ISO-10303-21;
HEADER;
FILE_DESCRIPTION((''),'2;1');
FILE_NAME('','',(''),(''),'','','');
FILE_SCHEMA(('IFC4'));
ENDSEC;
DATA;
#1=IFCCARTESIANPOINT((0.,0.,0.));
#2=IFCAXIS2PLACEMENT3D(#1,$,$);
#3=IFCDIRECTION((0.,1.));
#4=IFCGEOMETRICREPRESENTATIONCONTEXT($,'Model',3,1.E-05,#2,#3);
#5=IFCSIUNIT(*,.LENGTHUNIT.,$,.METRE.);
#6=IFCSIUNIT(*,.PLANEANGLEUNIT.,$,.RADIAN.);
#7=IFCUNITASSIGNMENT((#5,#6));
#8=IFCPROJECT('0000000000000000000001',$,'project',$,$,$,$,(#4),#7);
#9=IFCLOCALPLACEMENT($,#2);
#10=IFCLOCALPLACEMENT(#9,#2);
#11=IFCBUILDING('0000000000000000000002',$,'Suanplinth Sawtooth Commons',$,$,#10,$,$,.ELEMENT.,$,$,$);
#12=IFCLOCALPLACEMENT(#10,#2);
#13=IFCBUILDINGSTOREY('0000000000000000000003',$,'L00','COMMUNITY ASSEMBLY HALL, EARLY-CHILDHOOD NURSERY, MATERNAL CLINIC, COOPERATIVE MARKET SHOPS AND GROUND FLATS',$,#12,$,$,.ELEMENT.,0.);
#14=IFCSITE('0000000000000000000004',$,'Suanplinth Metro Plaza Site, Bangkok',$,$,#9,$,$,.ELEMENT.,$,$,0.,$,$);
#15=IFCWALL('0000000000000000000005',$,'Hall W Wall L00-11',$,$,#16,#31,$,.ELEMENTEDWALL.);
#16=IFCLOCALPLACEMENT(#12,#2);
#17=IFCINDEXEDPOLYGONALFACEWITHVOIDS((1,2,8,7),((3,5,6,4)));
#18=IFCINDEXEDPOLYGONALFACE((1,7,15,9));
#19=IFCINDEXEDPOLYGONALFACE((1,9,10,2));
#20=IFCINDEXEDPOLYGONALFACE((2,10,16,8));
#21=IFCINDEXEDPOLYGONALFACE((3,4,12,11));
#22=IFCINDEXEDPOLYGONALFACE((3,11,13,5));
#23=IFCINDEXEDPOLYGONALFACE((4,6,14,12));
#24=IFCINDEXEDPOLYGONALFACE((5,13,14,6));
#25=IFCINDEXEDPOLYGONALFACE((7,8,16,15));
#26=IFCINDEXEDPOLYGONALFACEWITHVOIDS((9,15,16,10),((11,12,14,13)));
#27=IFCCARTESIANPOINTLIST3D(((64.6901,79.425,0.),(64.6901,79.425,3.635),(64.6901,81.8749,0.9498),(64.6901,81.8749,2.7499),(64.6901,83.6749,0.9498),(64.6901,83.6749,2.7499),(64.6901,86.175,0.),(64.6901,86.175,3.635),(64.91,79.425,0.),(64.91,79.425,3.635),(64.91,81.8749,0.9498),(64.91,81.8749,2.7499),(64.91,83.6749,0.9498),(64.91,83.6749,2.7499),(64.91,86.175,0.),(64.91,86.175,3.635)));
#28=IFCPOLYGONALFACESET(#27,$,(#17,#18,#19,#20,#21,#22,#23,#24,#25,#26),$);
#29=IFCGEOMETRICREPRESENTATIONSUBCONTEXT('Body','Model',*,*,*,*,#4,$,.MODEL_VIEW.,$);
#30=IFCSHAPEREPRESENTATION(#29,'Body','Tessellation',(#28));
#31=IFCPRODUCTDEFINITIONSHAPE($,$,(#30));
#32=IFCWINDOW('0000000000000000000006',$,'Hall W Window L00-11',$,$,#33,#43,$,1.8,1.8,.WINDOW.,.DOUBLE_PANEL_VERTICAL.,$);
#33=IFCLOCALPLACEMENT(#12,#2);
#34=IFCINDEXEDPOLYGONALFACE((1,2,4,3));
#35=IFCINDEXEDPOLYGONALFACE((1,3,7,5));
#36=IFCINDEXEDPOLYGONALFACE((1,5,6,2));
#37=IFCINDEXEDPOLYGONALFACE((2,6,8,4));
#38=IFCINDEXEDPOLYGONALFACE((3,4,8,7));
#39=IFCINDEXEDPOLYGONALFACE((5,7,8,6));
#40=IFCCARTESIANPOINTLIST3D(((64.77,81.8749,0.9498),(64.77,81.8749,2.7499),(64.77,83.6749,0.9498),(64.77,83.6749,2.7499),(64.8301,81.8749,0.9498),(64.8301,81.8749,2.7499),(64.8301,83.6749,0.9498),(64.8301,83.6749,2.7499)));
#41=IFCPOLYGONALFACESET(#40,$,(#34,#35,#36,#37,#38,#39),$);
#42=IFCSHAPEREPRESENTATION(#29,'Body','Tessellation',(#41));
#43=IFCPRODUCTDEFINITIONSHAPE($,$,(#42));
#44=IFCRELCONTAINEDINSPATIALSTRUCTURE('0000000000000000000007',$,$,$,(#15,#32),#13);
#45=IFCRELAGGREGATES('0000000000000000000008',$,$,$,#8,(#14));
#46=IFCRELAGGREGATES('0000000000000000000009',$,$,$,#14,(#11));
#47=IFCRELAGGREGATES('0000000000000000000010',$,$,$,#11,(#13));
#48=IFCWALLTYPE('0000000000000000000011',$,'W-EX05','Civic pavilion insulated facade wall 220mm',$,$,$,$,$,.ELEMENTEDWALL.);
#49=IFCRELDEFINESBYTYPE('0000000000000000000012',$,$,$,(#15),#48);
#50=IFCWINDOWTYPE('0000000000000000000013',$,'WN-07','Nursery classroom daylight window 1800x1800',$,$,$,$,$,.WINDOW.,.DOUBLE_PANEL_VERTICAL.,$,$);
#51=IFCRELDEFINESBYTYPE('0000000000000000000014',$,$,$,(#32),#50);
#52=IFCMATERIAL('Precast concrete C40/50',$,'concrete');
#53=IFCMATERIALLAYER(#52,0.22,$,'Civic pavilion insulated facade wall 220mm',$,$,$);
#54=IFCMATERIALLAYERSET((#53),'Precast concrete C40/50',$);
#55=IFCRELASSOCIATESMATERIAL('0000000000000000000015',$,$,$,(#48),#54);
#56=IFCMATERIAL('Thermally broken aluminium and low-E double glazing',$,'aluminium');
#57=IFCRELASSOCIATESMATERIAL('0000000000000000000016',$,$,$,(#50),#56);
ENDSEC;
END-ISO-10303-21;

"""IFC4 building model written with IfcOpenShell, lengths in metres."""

from ifc_helpers import new_model, si_unit, direction, frame, frame_2d, origin, place, context, subcontext, project, spatial, rectangle, extrude, material, layer, layer_set, type_object, element, fill, save


model = new_model("IFC4")

# Units and contexts
model_context = context("Model", 3, precision=1e-05, world=origin(), true_north=direction((0.0, 1.0)))
body_context = subcontext(model_context, "Body", "Model", "MODEL_VIEW")
ifc_project = project(units=[si_unit("LENGTHUNIT", "METRE"), si_unit("PLANEANGLEUNIT", "RADIAN")], contexts=[model_context])

# Site, building, storey
site_placement = place(None, origin())
site = spatial("IfcSite", under=ifc_project, at=site_placement, Name="Suanplinth Metro Plaza Site, Bangkok", CompositionType="ELEMENT", RefElevation=0.0)
building_placement = place(site_placement, origin())
building = spatial("IfcBuilding", under=site, at=building_placement, Name="Suanplinth Sawtooth Commons", CompositionType="ELEMENT")
storey_placement = place(building_placement, origin())
storey = spatial("IfcBuildingStorey", under=building, at=storey_placement, Name="L00", Description="COMMUNITY ASSEMBLY HALL, EARLY-CHILDHOOD NURSERY, MATERNAL CLINIC, COOPERATIVE MARKET SHOPS AND GROUND FLATS", CompositionType="ELEMENT", Elevation=0.0)

# Shared definitions
ifc_material_1 = material(Name="Precast concrete C40/50", Category="concrete")
ifc_layer = layer(ifc_material_1, 0.22, Name="Civic pavilion insulated facade wall 220mm")
ifc_layer_set = layer_set([ifc_layer], Name="Precast concrete C40/50")
wall_type = type_object("IfcWallType", Name="W-EX05", Description="Civic pavilion insulated facade wall 220mm", PredefinedType="ELEMENTEDWALL", material=ifc_layer_set)
ifc_material_2 = material(Name="Thermally broken aluminium and low-E double glazing", Category="aluminium")

# Wall, opening, window
window_type_1 = type_object("IfcWindowType", Name="WN-07", Description="Nursery classroom daylight window 1800x1800", PartitioningType="DOUBLE_PANEL_VERTICAL", PredefinedType="WINDOW", material=ifc_material_2)
wall_1_placement = place(storey_placement, frame((64.8, 79.425, 0.0), z_axis=(0.0, 0.0, 1.0), x_axis=(0.0, 1.0, 0.0)))
wall_1 = element("IfcWall", 1, at=wall_1_placement, inside=storey, type_object=wall_type, Name="Hall W Wall L00-11", PredefinedType="ELEMENTEDWALL", context=body_context, shape_type="SweptSolid", body=[
    extrude(rectangle(XDim=6.75, YDim=0.22, at=frame_2d((3.375, 0.0))), origin(), (0.0, 0.0, 1.0), 3.635),
])
opening_1_placement = place(wall_1_placement, frame((2.45, 0.0, 0.95)))
opening_1 = element("IfcOpeningElement", 2, at=opening_1_placement, cuts=wall_1, PredefinedType="OPENING", context=body_context, shape_type="SweptSolid", body=[
    extrude(rectangle(XDim=1.8, YDim=1.8, at=frame_2d((0.8999, 0.8999))), frame((0.0, 0.125, 0.0), z_axis=(0.0, -1.0, 0.0), x_axis=(1.0, 0.0, 0.0)), (0.0, 0.0, 1.0), 0.2498),
])
window_1_placement = place(opening_1_placement, origin())
window_1 = element("IfcWindow", 3, at=window_1_placement, inside=storey, type_object=window_type_1, Name="Hall W Window L00-11", OverallHeight=1.8, OverallWidth=1.8, PartitioningType="DOUBLE_PANEL_VERTICAL", PredefinedType="WINDOW", context=body_context, shape_type="SweptSolid", body=[
    extrude(rectangle(XDim=1.8, YDim=1.8, at=frame_2d((0.8999, 0.8999))), frame((0.0, 0.03, 0.0), z_axis=(0.0, -1.0, 0.0), x_axis=(1.0, 0.0, 0.0)), (0.0, 0.0, 1.0), 0.0601),
])
fill(opening_1, window_1)

save(model, "model.ifc")
